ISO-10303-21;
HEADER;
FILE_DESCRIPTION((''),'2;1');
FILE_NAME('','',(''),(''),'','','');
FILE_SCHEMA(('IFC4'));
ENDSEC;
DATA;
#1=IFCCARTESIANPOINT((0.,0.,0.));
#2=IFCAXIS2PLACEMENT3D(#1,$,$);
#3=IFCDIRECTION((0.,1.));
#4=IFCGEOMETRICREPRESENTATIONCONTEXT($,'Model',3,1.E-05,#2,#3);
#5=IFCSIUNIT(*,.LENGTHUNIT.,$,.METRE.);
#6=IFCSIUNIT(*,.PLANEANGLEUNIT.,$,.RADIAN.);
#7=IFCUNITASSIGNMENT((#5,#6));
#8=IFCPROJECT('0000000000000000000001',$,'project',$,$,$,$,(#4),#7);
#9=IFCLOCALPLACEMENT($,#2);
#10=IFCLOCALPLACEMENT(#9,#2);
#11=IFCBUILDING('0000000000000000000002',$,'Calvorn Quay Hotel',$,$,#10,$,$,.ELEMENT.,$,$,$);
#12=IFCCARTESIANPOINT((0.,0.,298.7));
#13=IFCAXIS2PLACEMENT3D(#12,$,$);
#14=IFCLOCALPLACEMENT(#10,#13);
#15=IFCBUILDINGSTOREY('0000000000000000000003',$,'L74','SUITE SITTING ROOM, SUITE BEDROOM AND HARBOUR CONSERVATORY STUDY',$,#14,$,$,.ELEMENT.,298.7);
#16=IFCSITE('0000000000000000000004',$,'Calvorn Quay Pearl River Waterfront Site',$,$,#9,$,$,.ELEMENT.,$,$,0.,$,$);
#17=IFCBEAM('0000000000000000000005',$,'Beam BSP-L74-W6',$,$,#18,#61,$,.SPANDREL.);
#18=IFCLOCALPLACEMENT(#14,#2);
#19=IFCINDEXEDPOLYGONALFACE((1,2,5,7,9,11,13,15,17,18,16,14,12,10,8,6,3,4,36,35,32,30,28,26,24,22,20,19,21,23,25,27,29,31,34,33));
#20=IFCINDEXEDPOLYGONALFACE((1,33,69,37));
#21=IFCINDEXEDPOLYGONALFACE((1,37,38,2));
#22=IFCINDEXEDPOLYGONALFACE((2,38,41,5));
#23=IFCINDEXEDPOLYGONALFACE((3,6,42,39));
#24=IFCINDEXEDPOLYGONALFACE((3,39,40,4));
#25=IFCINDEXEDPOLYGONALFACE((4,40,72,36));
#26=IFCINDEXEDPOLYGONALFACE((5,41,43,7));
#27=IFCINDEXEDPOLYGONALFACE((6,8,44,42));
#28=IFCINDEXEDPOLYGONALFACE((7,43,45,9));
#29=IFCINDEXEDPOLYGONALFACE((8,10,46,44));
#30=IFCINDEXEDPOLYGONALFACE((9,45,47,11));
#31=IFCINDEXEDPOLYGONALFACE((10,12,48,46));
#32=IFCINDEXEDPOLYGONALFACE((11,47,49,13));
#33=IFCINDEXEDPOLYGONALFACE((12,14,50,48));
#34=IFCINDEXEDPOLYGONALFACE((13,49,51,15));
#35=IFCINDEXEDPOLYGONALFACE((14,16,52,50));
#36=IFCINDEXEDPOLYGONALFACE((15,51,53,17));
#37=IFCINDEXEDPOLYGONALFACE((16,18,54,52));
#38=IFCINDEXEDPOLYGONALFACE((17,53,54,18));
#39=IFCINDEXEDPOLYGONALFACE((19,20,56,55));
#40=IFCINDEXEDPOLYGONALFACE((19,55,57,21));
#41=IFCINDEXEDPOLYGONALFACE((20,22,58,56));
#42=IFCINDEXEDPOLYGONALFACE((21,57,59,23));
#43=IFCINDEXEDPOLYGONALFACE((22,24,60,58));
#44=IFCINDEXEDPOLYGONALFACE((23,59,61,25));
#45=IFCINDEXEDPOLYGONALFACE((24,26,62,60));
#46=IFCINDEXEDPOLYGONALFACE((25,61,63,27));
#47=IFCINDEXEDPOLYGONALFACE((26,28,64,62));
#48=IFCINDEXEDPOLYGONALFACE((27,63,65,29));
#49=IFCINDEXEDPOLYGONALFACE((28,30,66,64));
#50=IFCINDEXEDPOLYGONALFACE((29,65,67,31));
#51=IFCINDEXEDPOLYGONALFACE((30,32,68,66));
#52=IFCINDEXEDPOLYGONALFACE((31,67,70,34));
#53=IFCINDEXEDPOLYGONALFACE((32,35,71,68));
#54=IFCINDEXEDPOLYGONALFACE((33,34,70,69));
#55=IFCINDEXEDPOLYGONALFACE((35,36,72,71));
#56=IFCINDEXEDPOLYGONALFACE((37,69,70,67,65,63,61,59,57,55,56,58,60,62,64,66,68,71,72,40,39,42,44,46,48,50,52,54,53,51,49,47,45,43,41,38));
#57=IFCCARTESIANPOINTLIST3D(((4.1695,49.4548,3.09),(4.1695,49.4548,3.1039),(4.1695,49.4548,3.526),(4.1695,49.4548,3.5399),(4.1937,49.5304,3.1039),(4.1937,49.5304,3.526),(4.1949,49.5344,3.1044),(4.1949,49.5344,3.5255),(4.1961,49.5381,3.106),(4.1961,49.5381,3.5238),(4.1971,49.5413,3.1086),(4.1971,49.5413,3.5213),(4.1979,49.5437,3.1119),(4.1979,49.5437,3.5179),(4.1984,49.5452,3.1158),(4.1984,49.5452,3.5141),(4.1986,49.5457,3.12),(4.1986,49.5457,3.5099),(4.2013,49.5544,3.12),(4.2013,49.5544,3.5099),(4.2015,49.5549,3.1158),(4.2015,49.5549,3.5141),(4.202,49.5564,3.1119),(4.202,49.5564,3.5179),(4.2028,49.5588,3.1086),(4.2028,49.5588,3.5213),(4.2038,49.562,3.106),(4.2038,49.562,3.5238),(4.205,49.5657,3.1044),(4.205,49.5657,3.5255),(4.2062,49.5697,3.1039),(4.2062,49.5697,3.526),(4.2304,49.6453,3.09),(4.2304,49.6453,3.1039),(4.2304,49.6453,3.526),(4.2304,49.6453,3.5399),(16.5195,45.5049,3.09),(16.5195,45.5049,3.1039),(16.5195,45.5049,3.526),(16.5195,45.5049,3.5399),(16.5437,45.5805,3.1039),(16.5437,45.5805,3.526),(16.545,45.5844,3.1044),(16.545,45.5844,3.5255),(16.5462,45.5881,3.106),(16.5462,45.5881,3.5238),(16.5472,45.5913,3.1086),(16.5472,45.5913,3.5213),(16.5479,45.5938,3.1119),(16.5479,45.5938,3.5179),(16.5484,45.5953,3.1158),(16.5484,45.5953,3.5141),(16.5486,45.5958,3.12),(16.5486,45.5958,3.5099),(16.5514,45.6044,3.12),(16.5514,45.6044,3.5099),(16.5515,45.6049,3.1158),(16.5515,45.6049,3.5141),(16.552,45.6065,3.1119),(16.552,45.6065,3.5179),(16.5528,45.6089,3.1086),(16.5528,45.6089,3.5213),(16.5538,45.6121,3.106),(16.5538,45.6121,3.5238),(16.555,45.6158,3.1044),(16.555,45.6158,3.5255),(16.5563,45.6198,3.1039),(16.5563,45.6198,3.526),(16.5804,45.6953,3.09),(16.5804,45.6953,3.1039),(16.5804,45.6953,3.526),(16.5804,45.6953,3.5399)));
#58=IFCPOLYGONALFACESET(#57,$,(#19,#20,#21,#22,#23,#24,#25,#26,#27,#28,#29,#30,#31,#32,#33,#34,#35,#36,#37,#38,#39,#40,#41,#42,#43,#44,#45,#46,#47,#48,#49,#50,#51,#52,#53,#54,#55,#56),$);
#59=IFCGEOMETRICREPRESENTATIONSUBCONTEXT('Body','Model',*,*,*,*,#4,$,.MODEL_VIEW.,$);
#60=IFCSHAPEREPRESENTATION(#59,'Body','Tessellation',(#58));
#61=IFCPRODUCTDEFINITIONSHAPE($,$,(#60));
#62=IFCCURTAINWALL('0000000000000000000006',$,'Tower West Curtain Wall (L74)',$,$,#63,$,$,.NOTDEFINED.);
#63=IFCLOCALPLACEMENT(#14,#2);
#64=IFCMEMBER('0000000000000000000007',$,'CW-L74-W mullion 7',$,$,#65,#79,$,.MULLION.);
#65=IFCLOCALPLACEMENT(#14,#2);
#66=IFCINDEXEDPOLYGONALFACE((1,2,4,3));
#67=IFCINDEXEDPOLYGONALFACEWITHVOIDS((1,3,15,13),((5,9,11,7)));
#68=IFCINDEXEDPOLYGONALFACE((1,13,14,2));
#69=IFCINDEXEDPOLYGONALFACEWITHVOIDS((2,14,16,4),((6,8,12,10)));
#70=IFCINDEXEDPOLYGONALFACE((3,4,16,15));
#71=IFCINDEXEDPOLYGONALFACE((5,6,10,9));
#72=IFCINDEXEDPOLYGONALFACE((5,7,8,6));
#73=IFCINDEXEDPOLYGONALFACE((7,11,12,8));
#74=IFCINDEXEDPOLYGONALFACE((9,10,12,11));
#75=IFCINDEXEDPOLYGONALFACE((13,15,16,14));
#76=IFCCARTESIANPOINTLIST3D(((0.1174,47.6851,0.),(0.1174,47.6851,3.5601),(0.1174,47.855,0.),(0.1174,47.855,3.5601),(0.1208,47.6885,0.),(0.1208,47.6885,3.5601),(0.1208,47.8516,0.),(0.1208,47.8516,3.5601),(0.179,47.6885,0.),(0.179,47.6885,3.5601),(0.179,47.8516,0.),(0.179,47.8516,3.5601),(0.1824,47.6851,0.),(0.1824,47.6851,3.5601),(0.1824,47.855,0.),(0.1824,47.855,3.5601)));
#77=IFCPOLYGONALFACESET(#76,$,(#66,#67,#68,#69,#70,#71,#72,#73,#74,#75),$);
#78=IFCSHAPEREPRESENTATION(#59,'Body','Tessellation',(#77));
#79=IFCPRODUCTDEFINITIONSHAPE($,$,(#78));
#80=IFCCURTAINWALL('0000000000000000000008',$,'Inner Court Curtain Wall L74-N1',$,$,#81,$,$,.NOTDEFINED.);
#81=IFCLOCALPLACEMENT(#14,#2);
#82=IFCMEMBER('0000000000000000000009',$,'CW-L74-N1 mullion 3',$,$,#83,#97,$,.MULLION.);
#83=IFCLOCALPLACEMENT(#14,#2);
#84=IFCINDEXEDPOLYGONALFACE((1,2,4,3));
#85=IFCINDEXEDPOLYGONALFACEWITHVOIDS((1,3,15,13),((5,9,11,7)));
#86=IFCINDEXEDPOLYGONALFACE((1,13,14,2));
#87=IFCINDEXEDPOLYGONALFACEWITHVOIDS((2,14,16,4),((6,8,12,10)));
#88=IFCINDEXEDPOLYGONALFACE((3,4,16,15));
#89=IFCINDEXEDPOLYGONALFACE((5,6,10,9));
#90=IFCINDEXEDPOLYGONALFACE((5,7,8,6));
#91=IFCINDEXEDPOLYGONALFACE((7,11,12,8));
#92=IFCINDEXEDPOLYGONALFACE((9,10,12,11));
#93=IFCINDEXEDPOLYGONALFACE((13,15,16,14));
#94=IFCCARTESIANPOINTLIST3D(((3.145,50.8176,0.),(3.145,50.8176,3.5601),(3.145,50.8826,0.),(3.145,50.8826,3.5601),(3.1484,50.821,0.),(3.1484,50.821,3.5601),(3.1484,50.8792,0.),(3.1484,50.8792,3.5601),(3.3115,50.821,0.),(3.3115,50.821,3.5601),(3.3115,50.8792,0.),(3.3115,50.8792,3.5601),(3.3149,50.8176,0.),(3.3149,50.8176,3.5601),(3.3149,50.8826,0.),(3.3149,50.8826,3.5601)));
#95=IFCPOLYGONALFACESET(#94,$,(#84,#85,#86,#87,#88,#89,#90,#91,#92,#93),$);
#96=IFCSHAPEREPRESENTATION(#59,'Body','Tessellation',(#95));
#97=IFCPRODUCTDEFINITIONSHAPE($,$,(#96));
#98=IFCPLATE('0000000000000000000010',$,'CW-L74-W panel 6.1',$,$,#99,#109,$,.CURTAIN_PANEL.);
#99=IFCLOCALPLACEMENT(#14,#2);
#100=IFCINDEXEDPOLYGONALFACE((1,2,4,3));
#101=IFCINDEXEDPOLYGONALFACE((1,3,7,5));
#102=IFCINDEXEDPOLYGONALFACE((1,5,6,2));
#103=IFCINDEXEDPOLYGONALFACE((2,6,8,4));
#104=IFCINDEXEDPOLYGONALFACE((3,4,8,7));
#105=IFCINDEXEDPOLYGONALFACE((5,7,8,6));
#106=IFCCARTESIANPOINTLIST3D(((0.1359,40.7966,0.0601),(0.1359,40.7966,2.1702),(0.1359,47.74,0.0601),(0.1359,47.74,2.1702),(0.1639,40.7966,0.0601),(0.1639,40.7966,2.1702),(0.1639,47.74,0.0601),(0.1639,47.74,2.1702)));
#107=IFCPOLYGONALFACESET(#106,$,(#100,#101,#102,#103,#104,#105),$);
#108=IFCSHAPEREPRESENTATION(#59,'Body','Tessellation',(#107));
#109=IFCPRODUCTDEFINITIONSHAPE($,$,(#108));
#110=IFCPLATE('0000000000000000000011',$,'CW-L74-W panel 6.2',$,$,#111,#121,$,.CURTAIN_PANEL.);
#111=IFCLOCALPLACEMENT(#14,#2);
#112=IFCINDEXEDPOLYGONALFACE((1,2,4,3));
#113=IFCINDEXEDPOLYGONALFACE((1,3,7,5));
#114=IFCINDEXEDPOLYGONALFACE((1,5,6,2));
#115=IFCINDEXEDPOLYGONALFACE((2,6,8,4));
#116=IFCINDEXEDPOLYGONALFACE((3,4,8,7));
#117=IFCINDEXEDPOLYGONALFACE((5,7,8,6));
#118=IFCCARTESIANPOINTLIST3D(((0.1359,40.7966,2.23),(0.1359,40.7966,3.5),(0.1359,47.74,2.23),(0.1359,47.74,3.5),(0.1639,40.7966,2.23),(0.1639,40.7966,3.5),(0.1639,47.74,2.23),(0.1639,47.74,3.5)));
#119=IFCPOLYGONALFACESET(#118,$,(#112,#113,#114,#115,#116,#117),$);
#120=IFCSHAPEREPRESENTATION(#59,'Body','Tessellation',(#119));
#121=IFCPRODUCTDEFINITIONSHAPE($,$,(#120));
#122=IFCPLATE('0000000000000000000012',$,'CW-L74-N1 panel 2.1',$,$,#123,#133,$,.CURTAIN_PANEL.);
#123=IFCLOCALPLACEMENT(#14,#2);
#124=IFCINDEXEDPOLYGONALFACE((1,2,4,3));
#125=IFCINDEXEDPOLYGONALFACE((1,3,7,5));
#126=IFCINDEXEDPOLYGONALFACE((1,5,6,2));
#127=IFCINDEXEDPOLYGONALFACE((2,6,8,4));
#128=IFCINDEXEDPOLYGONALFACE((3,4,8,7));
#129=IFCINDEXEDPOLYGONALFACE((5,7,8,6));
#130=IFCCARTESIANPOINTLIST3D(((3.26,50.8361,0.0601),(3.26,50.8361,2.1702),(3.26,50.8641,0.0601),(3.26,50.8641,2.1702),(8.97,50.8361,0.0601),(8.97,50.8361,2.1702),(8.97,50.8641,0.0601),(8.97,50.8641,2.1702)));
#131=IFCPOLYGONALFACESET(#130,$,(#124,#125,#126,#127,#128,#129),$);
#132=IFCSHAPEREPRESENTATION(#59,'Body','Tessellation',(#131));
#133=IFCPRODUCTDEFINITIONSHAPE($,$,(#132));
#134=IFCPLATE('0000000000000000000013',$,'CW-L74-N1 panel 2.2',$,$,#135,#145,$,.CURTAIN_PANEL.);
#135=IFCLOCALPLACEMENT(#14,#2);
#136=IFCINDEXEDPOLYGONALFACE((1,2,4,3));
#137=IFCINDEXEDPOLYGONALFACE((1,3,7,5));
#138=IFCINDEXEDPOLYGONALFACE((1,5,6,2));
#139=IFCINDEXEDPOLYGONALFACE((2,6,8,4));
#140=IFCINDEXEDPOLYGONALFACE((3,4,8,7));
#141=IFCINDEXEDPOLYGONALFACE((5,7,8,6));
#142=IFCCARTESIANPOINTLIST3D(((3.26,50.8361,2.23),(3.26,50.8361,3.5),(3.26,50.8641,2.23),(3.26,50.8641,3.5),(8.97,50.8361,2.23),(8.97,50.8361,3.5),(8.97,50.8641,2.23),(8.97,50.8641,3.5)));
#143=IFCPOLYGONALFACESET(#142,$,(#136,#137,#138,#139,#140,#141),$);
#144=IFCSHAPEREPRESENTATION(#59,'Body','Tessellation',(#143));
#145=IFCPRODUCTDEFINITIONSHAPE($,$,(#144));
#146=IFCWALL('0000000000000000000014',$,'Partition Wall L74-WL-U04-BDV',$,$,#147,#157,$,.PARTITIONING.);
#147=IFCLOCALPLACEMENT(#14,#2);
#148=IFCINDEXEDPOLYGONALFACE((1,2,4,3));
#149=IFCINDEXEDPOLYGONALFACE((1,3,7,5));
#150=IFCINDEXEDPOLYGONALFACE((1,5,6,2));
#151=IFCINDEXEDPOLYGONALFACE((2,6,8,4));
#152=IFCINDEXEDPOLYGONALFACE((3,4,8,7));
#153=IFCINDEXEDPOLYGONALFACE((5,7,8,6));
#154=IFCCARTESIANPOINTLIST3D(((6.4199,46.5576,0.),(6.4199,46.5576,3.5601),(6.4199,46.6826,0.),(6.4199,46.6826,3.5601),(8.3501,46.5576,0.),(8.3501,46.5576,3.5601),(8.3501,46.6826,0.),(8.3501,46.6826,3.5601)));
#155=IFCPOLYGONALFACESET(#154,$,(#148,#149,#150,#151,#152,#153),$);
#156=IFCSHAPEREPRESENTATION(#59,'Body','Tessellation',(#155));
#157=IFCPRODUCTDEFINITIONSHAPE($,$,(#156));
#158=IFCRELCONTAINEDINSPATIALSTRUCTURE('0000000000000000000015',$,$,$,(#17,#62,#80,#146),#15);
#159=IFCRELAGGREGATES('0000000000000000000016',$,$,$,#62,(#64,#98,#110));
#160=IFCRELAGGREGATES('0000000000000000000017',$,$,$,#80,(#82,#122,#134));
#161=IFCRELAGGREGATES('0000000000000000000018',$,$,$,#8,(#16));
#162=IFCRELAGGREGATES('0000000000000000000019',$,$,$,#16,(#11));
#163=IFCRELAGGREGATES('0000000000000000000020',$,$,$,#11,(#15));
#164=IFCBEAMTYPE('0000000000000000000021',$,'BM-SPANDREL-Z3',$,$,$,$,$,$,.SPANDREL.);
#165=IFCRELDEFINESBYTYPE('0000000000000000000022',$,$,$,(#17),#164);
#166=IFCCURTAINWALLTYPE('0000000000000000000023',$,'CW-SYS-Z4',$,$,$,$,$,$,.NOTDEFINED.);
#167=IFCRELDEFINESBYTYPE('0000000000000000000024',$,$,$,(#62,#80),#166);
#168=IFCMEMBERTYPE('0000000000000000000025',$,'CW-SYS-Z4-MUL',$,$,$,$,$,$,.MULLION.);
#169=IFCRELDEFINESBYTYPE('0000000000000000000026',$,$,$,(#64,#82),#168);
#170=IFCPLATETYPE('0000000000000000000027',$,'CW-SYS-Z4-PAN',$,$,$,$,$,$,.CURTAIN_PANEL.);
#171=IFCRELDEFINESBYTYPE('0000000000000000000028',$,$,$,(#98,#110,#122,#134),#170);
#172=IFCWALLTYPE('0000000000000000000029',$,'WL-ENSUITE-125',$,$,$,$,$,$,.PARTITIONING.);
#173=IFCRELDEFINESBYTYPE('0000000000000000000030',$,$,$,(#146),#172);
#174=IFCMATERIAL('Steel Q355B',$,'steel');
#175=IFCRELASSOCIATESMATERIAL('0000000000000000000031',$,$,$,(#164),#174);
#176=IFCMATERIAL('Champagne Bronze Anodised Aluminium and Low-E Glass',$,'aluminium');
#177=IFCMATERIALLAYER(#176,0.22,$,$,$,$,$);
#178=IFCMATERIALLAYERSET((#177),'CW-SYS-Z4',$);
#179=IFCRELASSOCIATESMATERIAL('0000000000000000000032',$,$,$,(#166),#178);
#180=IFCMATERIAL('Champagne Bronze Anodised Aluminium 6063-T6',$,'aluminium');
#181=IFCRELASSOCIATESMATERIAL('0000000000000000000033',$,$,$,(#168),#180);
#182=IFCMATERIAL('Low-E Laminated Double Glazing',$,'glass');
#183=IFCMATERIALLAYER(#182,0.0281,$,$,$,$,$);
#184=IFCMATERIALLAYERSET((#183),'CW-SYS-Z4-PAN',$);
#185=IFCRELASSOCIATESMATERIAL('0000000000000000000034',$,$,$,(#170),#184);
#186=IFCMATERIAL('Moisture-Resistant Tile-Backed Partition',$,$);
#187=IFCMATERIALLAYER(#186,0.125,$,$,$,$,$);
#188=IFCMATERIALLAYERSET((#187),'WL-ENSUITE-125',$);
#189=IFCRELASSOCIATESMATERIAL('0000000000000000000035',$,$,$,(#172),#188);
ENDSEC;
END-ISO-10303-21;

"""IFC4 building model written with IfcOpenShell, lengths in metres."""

from ifc_helpers import new_model, si_unit, direction, frame, frame_2d, origin, origin_2d, place, context, subcontext, project, spatial, rectangle, hollow_rectangle, i_section, extrude, material, layer, layer_set, material_profile, profile_set, type_object, element, aggregate, save


model = new_model("IFC4")

# Units and contexts
model_context = context("Model", 3, precision=1e-05, world=origin(), true_north=direction((0.0, 1.0)))
body_context = subcontext(model_context, "Body", "Model", "MODEL_VIEW")
ifc_project = project(units=[si_unit("LENGTHUNIT", "METRE"), si_unit("PLANEANGLEUNIT", "RADIAN")], contexts=[model_context])

# Site, building, storey
site_placement = place(None, origin())
site = spatial("IfcSite", under=ifc_project, at=site_placement, Name="Calvorn Quay Pearl River Waterfront Site", CompositionType="ELEMENT", RefElevation=0.0)
building_placement = place(site_placement, origin())
building = spatial("IfcBuilding", under=site, at=building_placement, Name="Calvorn Quay Hotel", CompositionType="ELEMENT")
storey_placement = place(building_placement, frame((0.0, 0.0, 298.7)))
storey = spatial("IfcBuildingStorey", under=building, at=storey_placement, Name="L74", Description="SUITE SITTING ROOM, SUITE BEDROOM AND HARBOUR CONSERVATORY STUDY", CompositionType="ELEMENT", Elevation=298.7)

# Beam
ifc_material_1 = material(Name="Steel Q355B", Category="steel")
ifc_material_profile_1 = material_profile(ifc_material_1, i_section(OverallWidth=0.2, OverallDepth=0.45, WebThickness=0.009, FlangeThickness=0.0139, FilletRadius=0.0161, at=origin_2d()), Name="HN450x200x9x14")
ifc_profile_set_1 = profile_set([ifc_material_profile_1], Name="Steel Q355B")
beam_type_1 = type_object("IfcBeamType", Name="BM-SPANDREL-Z3", PredefinedType="SPANDREL", material=ifc_profile_set_1)
beam_1_placement = place(storey_placement, frame((4.2, 49.55, 3.3149), z_axis=(0.952471, -0.30463, 0.0), x_axis=(0.30463, 0.952471, 0.0)))
element("IfcBeam", 1, at=beam_1_placement, inside=storey, type_object=beam_type_1, Name="Beam BSP-L74-W6", PredefinedType="SPANDREL", context=body_context, shape_type="SweptSolid", body=[
    extrude(i_section(OverallWidth=0.2, OverallDepth=0.45, WebThickness=0.009, FlangeThickness=0.0139, FilletRadius=0.0161, at=origin_2d()), origin(), (0.0, 0.0, 1.0), 12.9663),
])

# Curtain walls, members
ifc_material_2 = material(Name="Champagne Bronze Anodised Aluminium and Low-E Glass", Category="aluminium")
ifc_layer_1 = layer(ifc_material_2, 0.22)
ifc_layer_set_1 = layer_set([ifc_layer_1], Name="CW-SYS-Z4")
curtain_wall_type = type_object("IfcCurtainWallType", Name="CW-SYS-Z4", PredefinedType="NOTDEFINED", material=ifc_layer_set_1)
curtain_wall_1_placement = place(storey_placement, origin())
curtain_wall_1 = element("IfcCurtainWall", 2, at=curtain_wall_1_placement, inside=storey, type_object=curtain_wall_type, Name="Tower West Curtain Wall (L74)", PredefinedType="NOTDEFINED")
ifc_material_3 = material(Name="Champagne Bronze Anodised Aluminium 6063-T6", Category="aluminium")
ifc_material_profile_2 = material_profile(ifc_material_3, hollow_rectangle(XDim=0.0649, YDim=0.1699, WallThickness=0.0034, at=origin_2d()), Name="ALU-M170x65x3.5")
ifc_profile_set_2 = profile_set([ifc_material_profile_2], Name="Champagne Bronze Anodised Aluminium 6063-T6")
member_type = type_object("IfcMemberType", Name="CW-SYS-Z4-MUL", PredefinedType="MULLION", material=ifc_profile_set_2)
member_1_placement = place(storey_placement, frame((0.1499, 47.77, 0.0), z_axis=(0.0, 0.0, 1.0), x_axis=(-1.0, 0.0, 0.0)))
member_1 = element("IfcMember", 3, at=member_1_placement, type_object=member_type, Name="CW-L74-W mullion 7", PredefinedType="MULLION", context=body_context, shape_type="SweptSolid", body=[
    extrude(hollow_rectangle(XDim=0.0649, YDim=0.1699, WallThickness=0.0034, at=origin_2d()), origin(), (0.0, 0.0, 1.0), 3.5601),
])
curtain_wall_2_placement = place(storey_placement, origin())
curtain_wall_2 = element("IfcCurtainWall", 4, at=curtain_wall_2_placement, inside=storey, type_object=curtain_wall_type, Name="Inner Court Curtain Wall L74-N1", PredefinedType="NOTDEFINED")
member_2_placement = place(storey_placement, frame((3.23, 50.8501, 0.0), z_axis=(0.0, 0.0, 1.0), x_axis=(0.0, -1.0, 0.0)))
member_2 = element("IfcMember", 5, at=member_2_placement, type_object=member_type, Name="CW-L74-N1 mullion 3", PredefinedType="MULLION", context=body_context, shape_type="SweptSolid", body=[
    extrude(hollow_rectangle(XDim=0.0649, YDim=0.1699, WallThickness=0.0034, at=origin_2d()), origin(), (0.0, 0.0, 1.0), 3.5601),
])

# Plates
ifc_material_4 = material(Name="Low-E Laminated Double Glazing", Category="glass")
ifc_layer_2 = layer(ifc_material_4, 0.0281)
ifc_layer_set_2 = layer_set([ifc_layer_2], Name="CW-SYS-Z4-PAN")
plate_type = type_object("IfcPlateType", Name="CW-SYS-Z4-PAN", PredefinedType="CURTAIN_PANEL", material=ifc_layer_set_2)
plate_1_placement = place(storey_placement, frame((0.1499, 44.2683, 0.0601), z_axis=(0.0, 0.0, 1.0), x_axis=(0.0, 1.0, 0.0)))
plate_1 = element("IfcPlate", 6, at=plate_1_placement, type_object=plate_type, Name="CW-L74-W panel 6.1", PredefinedType="CURTAIN_PANEL", context=body_context, shape_type="SweptSolid", body=[
    extrude(rectangle(XDim=6.9434, YDim=0.0281, at=origin_2d()), origin(), (0.0, 0.0, 1.0), 2.1101),
])
plate_2_placement = place(storey_placement, frame((0.1499, 44.2683, 2.23), z_axis=(0.0, 0.0, 1.0), x_axis=(0.0, 1.0, 0.0)))
plate_2 = element("IfcPlate", 7, at=plate_2_placement, type_object=plate_type, Name="CW-L74-W panel 6.2", PredefinedType="CURTAIN_PANEL", context=body_context, shape_type="SweptSolid", body=[
    extrude(rectangle(XDim=6.9434, YDim=0.0281, at=origin_2d()), origin(), (0.0, 0.0, 1.0), 1.27),
])
aggregate(curtain_wall_1, [member_1, plate_1, plate_2])
plate_3_placement = place(storey_placement, frame((6.115, 50.8501, 0.0601), z_axis=(0.0, 0.0, 1.0), x_axis=(-1.0, 0.0, 0.0)))
plate_3 = element("IfcPlate", 8, at=plate_3_placement, type_object=plate_type, Name="CW-L74-N1 panel 2.1", PredefinedType="CURTAIN_PANEL", context=body_context, shape_type="SweptSolid", body=[
    extrude(rectangle(XDim=5.71, YDim=0.0281, at=origin_2d()), origin(), (0.0, 0.0, 1.0), 2.1101),
])
plate_4_placement = place(storey_placement, frame((6.115, 50.8501, 2.23), z_axis=(0.0, 0.0, 1.0), x_axis=(-1.0, 0.0, 0.0)))
plate_4 = element("IfcPlate", 9, at=plate_4_placement, type_object=plate_type, Name="CW-L74-N1 panel 2.2", PredefinedType="CURTAIN_PANEL", context=body_context, shape_type="SweptSolid", body=[
    extrude(rectangle(XDim=5.71, YDim=0.0281, at=origin_2d()), origin(), (0.0, 0.0, 1.0), 1.27),
])
aggregate(curtain_wall_2, [member_2, plate_3, plate_4])

# Wall
ifc_material_5 = material(Name="Moisture-Resistant Tile-Backed Partition")
ifc_layer_3 = layer(ifc_material_5, 0.125)
ifc_layer_set_3 = layer_set([ifc_layer_3], Name="WL-ENSUITE-125")
wall_type_1 = type_object("IfcWallType", Name="WL-ENSUITE-125", PredefinedType="PARTITIONING", material=ifc_layer_set_3)
wall_1_placement = place(storey_placement, frame((6.4199, 46.6201, 0.0), z_axis=(0.0, 0.0, 1.0), x_axis=(1.0, 0.0, 0.0)))
element("IfcWall", 10, at=wall_1_placement, inside=storey, type_object=wall_type_1, Name="Partition Wall L74-WL-U04-BDV", PredefinedType="PARTITIONING", context=body_context, shape_type="SweptSolid", body=[
    extrude(rectangle(XDim=1.9302, YDim=0.125, at=frame_2d((0.9651, 0.0))), origin(), (0.0, 0.0, 1.0), 3.5601),
])

save(model, "model.ifc")
